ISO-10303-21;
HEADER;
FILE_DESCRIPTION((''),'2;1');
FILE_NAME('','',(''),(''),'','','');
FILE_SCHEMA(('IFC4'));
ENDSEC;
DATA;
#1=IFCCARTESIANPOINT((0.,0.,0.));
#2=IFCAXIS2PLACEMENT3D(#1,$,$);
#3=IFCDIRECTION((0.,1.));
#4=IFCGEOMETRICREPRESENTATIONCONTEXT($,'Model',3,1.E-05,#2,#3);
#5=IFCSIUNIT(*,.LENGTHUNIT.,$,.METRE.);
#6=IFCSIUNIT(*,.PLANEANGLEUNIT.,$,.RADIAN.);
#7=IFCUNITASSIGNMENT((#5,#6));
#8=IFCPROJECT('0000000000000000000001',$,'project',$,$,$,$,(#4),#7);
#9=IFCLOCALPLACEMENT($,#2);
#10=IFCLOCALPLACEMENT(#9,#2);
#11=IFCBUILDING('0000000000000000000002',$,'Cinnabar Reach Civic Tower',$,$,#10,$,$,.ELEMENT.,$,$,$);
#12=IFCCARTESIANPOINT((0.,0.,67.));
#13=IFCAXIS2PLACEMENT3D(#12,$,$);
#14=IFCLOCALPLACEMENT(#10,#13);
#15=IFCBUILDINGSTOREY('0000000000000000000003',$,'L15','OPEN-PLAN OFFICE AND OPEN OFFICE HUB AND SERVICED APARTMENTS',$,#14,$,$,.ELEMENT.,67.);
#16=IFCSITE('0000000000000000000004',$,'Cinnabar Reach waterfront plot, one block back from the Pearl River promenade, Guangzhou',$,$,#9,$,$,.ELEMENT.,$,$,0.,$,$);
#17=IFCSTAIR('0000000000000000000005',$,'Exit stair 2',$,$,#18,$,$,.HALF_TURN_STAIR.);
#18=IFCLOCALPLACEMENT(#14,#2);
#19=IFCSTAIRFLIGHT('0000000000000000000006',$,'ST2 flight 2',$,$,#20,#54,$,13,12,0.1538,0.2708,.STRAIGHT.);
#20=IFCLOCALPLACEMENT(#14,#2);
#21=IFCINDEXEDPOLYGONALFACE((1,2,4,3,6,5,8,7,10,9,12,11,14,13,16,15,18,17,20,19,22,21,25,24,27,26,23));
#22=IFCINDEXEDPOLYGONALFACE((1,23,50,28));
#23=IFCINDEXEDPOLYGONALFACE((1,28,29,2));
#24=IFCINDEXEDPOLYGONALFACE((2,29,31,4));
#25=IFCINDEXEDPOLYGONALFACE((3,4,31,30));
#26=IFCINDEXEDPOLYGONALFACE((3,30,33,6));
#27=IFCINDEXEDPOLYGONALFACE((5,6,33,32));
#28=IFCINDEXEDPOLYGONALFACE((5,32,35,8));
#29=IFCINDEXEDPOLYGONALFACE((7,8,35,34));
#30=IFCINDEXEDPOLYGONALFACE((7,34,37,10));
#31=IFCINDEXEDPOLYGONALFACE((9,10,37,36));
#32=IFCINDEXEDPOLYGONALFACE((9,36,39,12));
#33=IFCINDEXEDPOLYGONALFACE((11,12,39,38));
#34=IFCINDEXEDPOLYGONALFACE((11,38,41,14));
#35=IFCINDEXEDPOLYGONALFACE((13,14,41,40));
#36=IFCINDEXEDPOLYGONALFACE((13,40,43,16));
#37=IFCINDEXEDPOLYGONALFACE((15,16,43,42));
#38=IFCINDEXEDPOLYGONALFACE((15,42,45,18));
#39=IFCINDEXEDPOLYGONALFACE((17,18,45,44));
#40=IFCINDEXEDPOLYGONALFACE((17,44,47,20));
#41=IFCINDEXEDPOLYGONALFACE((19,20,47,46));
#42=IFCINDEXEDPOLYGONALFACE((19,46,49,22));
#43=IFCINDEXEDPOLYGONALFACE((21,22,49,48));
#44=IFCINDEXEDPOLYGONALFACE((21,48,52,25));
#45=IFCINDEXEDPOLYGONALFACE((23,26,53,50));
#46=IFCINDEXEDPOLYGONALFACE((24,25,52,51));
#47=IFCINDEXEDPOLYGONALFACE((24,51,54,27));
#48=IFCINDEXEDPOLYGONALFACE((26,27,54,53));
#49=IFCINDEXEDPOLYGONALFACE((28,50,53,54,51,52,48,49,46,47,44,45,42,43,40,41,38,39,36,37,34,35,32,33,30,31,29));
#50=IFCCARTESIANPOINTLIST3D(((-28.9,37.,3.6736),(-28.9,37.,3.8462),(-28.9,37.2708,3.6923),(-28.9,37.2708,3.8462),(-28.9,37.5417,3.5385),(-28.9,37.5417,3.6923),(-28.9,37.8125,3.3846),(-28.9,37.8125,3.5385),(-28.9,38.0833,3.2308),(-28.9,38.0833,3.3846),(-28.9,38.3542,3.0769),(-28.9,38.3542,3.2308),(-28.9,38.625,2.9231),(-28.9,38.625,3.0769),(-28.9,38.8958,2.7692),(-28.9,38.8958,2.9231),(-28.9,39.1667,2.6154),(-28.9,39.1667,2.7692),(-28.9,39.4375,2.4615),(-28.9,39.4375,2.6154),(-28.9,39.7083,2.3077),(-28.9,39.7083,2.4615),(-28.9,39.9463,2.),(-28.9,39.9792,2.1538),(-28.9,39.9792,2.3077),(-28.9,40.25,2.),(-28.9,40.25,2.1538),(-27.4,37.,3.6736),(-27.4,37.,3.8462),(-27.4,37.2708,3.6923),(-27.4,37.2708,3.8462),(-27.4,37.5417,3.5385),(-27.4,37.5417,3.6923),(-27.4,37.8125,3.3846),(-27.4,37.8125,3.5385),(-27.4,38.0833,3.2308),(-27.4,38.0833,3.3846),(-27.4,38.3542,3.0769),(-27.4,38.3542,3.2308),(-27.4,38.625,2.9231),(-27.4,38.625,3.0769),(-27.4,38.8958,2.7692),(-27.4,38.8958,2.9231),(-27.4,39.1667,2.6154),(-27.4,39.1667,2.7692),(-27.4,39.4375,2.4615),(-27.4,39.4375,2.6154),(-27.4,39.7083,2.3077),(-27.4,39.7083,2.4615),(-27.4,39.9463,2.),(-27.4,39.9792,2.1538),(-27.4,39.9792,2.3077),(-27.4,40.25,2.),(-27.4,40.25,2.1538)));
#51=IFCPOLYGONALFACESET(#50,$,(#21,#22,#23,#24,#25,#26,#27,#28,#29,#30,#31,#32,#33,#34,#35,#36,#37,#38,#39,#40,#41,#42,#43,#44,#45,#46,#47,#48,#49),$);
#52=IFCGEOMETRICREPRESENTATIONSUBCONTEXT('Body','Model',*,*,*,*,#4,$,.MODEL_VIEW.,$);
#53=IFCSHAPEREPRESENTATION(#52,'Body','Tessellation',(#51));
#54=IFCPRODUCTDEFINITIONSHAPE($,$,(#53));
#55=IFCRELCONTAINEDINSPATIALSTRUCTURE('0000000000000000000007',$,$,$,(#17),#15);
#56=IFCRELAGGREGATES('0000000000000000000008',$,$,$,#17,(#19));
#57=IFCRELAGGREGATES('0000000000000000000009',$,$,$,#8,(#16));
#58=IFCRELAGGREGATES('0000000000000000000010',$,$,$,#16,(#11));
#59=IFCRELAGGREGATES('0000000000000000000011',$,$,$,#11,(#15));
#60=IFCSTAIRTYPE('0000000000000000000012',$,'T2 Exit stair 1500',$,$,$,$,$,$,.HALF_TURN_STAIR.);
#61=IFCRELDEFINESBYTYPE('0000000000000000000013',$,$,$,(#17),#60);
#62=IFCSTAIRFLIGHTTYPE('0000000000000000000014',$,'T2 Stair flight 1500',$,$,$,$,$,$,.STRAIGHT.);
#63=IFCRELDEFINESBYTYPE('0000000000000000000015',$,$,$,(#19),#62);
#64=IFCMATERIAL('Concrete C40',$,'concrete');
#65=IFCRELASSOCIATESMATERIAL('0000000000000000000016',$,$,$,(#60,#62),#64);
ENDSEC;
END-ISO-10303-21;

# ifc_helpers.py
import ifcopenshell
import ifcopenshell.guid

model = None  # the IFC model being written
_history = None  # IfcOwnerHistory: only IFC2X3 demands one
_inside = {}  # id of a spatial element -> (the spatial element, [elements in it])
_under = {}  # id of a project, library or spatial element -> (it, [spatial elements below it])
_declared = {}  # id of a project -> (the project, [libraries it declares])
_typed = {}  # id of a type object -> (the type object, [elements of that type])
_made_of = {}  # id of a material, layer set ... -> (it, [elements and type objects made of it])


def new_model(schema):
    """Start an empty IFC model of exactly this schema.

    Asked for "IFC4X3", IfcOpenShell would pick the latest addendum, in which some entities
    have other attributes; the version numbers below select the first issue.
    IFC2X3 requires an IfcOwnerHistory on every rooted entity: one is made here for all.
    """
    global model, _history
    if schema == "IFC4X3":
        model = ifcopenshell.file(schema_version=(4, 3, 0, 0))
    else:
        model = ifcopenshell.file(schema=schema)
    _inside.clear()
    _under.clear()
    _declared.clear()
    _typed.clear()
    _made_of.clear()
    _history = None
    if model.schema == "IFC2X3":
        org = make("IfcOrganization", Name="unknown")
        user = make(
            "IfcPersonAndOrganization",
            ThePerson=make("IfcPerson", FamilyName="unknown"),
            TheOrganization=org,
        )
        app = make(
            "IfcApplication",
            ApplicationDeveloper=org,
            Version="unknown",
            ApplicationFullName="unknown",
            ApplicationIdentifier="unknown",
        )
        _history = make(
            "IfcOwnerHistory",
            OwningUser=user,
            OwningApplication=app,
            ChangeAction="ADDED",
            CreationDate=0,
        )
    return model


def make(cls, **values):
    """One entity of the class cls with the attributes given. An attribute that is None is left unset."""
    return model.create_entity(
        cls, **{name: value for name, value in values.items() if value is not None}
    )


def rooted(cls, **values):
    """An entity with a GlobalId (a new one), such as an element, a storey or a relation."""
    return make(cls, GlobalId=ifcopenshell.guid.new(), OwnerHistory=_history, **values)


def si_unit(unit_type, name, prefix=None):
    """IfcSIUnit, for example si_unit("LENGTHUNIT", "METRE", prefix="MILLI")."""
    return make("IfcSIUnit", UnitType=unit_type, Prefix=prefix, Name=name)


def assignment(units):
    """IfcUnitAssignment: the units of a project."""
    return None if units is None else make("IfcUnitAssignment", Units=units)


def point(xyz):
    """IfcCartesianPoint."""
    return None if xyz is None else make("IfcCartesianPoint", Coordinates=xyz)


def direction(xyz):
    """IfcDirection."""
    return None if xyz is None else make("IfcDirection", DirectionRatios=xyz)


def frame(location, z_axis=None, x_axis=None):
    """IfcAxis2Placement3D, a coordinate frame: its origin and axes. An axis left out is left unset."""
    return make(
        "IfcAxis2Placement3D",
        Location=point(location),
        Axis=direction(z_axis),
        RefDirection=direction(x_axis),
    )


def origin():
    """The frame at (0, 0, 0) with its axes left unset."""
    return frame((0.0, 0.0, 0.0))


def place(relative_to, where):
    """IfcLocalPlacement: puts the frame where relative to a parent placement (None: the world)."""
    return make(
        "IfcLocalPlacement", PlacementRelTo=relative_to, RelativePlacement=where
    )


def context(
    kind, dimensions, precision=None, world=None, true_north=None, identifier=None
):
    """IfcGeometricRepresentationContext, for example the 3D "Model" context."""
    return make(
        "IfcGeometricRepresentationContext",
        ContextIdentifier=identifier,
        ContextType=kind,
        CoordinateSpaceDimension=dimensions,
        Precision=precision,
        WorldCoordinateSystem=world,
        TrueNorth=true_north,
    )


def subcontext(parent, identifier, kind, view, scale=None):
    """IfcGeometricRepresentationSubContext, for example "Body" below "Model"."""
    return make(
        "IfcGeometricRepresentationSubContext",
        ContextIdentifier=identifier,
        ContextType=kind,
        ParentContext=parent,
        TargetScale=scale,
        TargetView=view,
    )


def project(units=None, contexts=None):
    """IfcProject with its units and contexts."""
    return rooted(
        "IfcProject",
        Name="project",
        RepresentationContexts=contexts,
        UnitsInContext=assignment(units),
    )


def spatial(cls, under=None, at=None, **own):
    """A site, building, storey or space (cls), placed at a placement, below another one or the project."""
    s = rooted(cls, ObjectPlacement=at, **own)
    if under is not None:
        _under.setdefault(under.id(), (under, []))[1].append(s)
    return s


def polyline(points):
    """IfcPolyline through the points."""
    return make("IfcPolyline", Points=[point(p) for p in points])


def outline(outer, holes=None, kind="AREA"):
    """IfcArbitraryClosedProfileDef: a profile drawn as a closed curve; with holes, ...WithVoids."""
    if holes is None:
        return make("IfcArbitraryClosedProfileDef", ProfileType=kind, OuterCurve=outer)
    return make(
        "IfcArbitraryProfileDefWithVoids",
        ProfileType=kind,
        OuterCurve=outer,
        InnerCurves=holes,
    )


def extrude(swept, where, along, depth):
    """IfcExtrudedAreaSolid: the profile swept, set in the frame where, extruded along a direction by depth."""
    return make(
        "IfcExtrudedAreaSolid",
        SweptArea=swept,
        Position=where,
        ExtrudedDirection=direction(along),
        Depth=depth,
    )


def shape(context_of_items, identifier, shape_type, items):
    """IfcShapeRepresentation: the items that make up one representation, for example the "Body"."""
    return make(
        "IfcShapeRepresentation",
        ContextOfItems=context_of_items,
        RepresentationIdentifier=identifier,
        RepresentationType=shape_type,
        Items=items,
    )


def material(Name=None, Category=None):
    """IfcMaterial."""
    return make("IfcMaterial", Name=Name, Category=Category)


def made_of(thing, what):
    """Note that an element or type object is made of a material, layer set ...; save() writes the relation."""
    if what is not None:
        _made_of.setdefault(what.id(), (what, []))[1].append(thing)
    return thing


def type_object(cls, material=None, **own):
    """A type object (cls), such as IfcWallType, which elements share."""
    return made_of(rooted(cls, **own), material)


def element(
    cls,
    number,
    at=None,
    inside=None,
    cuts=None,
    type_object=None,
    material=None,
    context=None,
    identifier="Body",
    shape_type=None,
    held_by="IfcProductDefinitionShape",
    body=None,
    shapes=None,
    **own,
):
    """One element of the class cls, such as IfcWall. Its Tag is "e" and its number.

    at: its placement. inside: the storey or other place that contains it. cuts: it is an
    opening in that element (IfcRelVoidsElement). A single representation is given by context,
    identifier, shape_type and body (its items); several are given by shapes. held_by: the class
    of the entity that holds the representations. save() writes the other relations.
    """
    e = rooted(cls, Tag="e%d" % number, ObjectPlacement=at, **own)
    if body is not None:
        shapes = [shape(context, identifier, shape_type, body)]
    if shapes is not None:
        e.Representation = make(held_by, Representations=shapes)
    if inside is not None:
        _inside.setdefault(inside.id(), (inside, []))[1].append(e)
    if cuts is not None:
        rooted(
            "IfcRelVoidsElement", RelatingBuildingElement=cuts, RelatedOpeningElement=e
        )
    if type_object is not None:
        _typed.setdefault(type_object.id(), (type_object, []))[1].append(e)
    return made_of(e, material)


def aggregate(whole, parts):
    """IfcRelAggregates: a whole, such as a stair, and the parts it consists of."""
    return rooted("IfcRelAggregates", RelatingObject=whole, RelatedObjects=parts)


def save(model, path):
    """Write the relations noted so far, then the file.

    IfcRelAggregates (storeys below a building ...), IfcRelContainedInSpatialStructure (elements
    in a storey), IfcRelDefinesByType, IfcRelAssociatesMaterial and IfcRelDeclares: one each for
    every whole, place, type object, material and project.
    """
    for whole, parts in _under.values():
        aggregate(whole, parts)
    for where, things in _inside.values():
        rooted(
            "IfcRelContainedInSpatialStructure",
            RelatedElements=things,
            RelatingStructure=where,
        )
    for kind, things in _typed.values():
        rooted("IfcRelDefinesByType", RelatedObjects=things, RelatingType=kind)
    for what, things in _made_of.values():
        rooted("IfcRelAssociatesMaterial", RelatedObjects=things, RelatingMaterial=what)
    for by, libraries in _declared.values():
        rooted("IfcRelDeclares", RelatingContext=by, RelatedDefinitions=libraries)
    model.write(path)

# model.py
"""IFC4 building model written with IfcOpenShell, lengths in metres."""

from ifc_helpers import new_model, si_unit, direction, frame, origin, place, context, subcontext, project, spatial, polyline, outline, extrude, material, type_object, element, aggregate, save


model = new_model("IFC4")

# Units and contexts
model_context = context("Model", 3, precision=1e-05, world=origin(), true_north=direction((0.0, 1.0)))
body_context = subcontext(model_context, "Body", "Model", "MODEL_VIEW")
ifc_project = project(units=[si_unit("LENGTHUNIT", "METRE"), si_unit("PLANEANGLEUNIT", "RADIAN")], contexts=[model_context])

# Site, building, storey
site_placement = place(None, origin())
site = spatial("IfcSite", under=ifc_project, at=site_placement, Name="Cinnabar Reach waterfront plot, one block back from the Pearl River promenade, Guangzhou", CompositionType="ELEMENT", RefElevation=0.0)
building_placement = place(site_placement, origin())
building = spatial("IfcBuilding", under=site, at=building_placement, Name="Cinnabar Reach Civic Tower", CompositionType="ELEMENT")
storey_placement = place(building_placement, frame((0.0, 0.0, 67.0)))
storey = spatial("IfcBuildingStorey", under=building, at=storey_placement, Name="L15", Description="OPEN-PLAN OFFICE AND OPEN OFFICE HUB AND SERVICED APARTMENTS", CompositionType="ELEMENT", Elevation=67.0)

# Shared definitions
ifc_material_1 = material(Name="Concrete C40", Category="concrete")

# Stair, stair flight
stair_type = type_object("IfcStairType", Name="T2 Exit stair 1500", PredefinedType="HALF_TURN_STAIR", material=ifc_material_1)
stair_placement = place(storey_placement, origin())
stair = element("IfcStair", 1, at=stair_placement, inside=storey, type_object=stair_type, Name="Exit stair 2", PredefinedType="HALF_TURN_STAIR")
stair_flight_type = type_object("IfcStairFlightType", Name="T2 Stair flight 1500", PredefinedType="STRAIGHT", material=ifc_material_1)
stair_flight_placement = place(storey_placement, frame((-28.15, 40.25, 2.0), z_axis=(0.0, 0.0, 1.0), x_axis=(0.0, -1.0, 0.0)))
stair_flight = element("IfcStairFlight", 2, at=stair_flight_placement, type_object=stair_flight_type, Name="ST2 flight 2", NumberOfRisers=13, NumberOfTreads=12, PredefinedType="STRAIGHT", RiserHeight=0.1538, TreadLength=0.2708, context=body_context, shape_type="SweptSolid", body=[
    extrude(outline(polyline([(0.0, 0.0), (0.0, 0.1538), (0.2708, 0.1538), (0.2708, 0.3077), (0.5417, 0.3077), (0.5417, 0.4615), (0.8125, 0.4615), (0.8125, 0.6154), (1.0833, 0.6154), (1.0833, 0.7692), (1.3542, 0.7692), (1.3542, 0.9231), (1.625, 0.9231), (1.625, 1.0769), (1.8958, 1.0769), (1.8958, 1.2308), (2.1667, 1.2308), (2.1667, 1.3846), (2.4375, 1.3846), (2.4375, 1.5385), (2.7083, 1.5385), (2.7083, 1.6923), (2.9792, 1.6923), (2.9792, 1.8462), (3.25, 1.8462), (3.25, 2.0), (3.25, 1.6736), (0.3037, 0.0), (0.0, 0.0)])), frame((0.0, 0.75, 0.0), z_axis=(0.0, -1.0, 0.0), x_axis=(1.0, 0.0, 0.0)), (0.0, 0.0, 1.0), 1.5),
])
aggregate(stair, [stair_flight])

save(model, "model.ifc")
